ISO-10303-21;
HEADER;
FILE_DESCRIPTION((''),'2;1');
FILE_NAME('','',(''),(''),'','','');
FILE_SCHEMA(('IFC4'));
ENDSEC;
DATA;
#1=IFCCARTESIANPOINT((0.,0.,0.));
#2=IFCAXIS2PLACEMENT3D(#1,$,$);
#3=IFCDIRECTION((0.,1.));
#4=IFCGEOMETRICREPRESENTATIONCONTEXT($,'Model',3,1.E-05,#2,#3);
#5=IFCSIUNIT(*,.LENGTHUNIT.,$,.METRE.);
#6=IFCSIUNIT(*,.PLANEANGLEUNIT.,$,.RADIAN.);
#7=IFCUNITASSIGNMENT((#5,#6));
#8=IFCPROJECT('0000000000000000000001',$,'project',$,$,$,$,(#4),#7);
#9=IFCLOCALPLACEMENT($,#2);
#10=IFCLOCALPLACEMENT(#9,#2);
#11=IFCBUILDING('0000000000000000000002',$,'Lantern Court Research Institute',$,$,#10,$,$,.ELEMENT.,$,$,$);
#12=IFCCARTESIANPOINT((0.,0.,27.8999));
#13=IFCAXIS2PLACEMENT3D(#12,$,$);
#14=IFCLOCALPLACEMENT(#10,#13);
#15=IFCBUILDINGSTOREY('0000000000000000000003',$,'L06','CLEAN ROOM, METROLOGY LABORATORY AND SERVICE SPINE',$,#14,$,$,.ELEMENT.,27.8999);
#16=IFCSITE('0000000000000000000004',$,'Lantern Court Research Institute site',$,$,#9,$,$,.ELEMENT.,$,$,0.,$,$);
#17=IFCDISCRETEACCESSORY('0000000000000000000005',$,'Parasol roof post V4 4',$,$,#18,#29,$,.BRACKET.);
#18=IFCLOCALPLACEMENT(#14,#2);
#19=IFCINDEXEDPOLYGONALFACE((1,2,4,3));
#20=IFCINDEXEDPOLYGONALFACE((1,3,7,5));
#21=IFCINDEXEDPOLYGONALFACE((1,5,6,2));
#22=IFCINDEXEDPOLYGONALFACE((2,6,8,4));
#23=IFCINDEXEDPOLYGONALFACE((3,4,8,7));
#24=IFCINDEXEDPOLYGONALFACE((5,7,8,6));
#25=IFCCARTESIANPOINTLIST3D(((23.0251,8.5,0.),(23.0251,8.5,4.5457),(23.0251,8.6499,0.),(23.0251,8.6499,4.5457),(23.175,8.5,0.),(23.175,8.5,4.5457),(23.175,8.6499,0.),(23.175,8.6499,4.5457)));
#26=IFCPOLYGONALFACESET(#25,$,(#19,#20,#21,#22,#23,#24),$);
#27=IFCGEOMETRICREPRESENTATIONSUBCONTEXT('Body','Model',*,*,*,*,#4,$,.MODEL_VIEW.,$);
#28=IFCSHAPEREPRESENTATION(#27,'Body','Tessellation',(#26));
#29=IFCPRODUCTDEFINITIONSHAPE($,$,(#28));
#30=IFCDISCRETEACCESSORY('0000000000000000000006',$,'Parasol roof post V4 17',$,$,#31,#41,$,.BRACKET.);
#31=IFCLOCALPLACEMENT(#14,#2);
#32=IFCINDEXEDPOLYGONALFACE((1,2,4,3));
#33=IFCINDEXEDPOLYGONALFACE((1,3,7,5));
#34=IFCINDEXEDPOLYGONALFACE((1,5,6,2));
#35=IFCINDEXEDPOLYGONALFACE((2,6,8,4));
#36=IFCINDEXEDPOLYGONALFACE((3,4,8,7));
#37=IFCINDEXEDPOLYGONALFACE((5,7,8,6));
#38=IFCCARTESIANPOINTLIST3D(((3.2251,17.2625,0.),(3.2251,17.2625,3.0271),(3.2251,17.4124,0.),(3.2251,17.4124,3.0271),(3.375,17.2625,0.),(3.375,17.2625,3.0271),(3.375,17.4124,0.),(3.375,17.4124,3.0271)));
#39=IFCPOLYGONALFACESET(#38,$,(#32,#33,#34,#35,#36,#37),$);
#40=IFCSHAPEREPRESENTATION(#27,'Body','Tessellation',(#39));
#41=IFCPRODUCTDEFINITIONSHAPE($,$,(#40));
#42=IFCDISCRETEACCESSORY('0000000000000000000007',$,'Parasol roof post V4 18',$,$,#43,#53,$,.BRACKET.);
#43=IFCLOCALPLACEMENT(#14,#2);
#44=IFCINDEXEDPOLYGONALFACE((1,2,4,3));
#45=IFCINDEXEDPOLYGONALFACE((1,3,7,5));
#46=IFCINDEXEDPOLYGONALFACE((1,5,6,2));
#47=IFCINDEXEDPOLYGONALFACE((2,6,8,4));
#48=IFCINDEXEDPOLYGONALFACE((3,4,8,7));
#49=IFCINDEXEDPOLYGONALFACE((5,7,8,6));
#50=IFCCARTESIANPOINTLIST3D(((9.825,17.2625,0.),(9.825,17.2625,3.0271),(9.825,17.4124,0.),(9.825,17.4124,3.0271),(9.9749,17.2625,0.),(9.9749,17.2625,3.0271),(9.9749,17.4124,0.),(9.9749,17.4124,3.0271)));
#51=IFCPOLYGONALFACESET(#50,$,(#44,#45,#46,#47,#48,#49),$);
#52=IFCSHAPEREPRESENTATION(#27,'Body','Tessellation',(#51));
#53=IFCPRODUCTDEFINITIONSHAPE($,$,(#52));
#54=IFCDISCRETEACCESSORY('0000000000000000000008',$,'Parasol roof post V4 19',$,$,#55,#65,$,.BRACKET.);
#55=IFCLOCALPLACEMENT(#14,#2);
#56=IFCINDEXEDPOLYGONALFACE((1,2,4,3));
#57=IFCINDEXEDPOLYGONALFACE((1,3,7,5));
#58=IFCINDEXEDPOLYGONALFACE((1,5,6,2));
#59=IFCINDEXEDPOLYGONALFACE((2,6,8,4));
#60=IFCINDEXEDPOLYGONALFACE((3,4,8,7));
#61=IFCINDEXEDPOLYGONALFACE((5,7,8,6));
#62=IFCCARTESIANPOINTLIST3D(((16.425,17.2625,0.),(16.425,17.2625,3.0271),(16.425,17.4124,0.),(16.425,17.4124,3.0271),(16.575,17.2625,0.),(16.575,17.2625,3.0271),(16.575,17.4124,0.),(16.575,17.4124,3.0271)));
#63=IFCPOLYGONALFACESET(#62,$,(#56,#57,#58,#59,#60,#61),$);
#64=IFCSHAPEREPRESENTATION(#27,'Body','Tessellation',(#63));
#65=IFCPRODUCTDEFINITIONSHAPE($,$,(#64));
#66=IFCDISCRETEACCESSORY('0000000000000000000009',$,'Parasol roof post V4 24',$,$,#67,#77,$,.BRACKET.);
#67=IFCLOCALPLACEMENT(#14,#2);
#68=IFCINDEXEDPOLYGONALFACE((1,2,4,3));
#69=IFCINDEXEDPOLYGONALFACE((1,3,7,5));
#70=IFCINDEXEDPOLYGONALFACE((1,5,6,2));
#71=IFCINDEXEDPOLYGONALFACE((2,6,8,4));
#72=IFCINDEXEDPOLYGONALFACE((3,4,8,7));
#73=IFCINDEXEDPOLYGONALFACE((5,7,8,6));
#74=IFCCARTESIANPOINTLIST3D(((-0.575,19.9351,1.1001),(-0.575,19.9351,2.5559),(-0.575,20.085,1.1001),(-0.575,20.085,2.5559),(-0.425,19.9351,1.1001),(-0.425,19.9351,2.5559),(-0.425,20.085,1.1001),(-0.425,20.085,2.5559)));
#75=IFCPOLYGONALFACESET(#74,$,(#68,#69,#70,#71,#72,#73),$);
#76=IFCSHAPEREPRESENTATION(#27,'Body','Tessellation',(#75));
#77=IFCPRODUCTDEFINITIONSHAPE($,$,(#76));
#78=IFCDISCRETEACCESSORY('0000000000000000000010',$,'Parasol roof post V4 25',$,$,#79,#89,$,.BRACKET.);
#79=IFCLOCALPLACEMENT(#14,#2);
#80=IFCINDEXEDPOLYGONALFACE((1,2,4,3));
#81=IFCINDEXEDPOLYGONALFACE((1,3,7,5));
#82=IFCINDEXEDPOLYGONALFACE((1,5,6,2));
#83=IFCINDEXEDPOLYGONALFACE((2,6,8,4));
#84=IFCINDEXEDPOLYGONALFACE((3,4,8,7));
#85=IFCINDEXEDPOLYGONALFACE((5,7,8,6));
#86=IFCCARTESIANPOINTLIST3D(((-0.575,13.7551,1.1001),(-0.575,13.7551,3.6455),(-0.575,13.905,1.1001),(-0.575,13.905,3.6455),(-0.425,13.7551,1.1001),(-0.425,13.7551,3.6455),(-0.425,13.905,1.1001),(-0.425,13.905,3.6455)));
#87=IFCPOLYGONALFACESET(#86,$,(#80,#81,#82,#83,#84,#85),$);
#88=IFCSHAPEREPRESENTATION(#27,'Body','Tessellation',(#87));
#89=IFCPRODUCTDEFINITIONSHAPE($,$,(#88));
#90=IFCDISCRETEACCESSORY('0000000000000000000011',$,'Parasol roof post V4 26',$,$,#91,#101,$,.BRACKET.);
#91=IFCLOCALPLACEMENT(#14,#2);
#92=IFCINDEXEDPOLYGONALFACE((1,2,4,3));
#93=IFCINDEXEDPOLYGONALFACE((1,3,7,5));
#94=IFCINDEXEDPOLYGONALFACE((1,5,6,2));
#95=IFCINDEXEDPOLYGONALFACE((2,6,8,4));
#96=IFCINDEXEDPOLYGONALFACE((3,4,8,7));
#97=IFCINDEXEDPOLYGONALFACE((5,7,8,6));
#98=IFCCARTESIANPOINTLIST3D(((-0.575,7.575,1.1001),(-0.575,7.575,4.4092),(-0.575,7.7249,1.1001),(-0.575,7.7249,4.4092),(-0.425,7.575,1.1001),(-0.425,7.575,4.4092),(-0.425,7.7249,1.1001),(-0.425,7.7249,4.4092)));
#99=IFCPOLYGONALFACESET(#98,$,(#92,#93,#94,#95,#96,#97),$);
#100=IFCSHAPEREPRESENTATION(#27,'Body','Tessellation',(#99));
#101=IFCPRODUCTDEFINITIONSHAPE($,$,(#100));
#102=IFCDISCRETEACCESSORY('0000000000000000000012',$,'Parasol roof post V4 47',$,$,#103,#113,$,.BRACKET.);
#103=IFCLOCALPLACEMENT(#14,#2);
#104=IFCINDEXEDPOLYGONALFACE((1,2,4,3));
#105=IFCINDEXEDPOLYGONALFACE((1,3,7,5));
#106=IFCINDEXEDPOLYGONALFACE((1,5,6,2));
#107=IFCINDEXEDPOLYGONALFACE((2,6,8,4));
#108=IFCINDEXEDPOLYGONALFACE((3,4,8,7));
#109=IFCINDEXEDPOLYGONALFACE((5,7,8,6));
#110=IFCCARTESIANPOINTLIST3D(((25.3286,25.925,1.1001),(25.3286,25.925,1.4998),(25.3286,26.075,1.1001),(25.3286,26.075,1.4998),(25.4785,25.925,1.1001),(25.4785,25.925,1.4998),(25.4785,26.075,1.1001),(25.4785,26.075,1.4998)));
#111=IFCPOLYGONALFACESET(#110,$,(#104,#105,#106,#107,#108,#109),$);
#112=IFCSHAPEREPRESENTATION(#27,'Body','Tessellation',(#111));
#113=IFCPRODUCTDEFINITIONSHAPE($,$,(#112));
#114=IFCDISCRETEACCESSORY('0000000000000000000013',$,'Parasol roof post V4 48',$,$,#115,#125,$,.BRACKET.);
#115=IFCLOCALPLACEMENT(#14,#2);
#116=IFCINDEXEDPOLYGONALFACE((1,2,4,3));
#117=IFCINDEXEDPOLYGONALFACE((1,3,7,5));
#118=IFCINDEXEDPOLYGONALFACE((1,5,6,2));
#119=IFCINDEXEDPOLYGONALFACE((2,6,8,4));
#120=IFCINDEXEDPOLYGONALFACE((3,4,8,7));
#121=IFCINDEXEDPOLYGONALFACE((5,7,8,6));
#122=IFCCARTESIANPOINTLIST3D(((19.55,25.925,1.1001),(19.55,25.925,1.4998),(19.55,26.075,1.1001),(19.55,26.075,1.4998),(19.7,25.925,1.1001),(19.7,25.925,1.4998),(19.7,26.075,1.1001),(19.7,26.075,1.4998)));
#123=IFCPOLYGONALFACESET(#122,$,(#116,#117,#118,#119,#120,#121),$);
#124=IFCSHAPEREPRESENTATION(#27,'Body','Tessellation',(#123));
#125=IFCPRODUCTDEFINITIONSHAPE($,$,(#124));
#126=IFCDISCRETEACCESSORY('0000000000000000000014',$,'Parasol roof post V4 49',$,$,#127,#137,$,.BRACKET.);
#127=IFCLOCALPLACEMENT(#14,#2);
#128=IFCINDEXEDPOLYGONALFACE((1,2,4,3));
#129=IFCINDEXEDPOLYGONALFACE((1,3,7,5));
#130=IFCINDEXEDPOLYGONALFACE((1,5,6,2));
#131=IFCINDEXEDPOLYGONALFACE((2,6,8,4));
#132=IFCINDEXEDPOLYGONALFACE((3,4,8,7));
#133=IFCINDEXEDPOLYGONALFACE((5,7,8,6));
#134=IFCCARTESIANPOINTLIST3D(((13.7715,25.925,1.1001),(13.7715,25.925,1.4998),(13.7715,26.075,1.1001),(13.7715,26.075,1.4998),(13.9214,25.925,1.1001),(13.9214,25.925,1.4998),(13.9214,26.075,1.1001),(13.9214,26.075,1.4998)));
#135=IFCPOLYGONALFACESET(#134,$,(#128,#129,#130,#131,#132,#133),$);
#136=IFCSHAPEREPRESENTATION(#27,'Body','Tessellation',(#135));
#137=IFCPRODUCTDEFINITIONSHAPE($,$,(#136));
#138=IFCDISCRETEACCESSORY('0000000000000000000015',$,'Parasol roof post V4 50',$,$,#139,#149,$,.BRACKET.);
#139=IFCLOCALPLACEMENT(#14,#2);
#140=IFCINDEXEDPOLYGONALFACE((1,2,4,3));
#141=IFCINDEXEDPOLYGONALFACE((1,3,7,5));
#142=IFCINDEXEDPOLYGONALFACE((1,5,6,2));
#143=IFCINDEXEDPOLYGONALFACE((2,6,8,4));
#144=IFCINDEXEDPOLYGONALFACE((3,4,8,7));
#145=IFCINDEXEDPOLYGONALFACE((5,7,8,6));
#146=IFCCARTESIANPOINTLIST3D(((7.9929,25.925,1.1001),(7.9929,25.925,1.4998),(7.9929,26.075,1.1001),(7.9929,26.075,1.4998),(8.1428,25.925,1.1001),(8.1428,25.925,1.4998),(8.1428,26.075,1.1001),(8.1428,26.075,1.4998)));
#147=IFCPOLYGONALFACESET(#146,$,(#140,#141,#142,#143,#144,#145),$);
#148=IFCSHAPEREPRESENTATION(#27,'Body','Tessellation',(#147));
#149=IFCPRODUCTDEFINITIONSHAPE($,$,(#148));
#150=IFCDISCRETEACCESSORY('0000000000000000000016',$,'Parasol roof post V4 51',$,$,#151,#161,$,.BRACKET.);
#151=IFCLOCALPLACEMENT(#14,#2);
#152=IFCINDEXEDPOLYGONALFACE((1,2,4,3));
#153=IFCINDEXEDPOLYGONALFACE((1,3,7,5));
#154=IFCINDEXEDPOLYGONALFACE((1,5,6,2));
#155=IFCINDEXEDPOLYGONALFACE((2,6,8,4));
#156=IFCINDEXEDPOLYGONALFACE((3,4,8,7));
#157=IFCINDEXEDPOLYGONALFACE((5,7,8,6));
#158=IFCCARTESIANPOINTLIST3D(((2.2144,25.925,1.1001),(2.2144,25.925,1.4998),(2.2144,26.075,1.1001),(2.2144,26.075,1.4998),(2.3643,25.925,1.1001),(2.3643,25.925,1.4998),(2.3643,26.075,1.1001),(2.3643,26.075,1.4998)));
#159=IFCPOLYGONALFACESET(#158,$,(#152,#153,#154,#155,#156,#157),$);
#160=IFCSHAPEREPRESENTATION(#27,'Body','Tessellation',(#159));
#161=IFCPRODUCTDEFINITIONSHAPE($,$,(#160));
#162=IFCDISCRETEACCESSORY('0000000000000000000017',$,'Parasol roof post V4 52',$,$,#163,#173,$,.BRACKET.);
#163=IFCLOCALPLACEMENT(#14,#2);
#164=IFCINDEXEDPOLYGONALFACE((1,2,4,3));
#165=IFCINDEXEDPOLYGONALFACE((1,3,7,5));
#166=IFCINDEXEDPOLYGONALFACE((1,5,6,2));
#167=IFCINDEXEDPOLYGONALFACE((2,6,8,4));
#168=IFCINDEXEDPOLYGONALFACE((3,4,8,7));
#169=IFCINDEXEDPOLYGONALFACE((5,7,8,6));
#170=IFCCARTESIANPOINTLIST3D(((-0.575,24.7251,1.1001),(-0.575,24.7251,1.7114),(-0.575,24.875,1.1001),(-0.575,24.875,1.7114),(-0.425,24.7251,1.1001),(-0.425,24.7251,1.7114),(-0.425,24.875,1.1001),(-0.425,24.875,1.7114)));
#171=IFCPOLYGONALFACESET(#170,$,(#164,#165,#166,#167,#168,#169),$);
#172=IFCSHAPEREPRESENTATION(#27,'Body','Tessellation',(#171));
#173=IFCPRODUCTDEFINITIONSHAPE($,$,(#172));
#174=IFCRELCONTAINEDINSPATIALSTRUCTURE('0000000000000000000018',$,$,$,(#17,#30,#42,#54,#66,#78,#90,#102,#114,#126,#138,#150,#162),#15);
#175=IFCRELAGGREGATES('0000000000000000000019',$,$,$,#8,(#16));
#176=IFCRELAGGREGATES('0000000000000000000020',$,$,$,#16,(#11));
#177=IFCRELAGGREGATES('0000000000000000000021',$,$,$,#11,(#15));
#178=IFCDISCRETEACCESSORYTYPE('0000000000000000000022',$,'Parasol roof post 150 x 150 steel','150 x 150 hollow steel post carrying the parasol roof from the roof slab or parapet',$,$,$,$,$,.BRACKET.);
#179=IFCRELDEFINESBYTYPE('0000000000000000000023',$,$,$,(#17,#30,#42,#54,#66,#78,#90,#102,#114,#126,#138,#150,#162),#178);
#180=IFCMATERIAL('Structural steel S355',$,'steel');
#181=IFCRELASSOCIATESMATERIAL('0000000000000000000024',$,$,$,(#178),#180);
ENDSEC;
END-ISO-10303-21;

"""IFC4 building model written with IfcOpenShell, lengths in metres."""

from ifc_helpers import new_model, si_unit, direction, frame, origin, origin_2d, place, context, subcontext, project, spatial, rectangle, extrude, material, type_object, element, save


model = new_model("IFC4")

# Units and contexts
model_context = context("Model", 3, precision=1e-05, world=origin(), true_north=direction((0.0, 1.0)))
body_context = subcontext(model_context, "Body", "Model", "MODEL_VIEW")
ifc_project = project(units=[si_unit("LENGTHUNIT", "METRE"), si_unit("PLANEANGLEUNIT", "RADIAN")], contexts=[model_context])

# Site, building, storey
site_placement = place(None, origin())
site = spatial("IfcSite", under=ifc_project, at=site_placement, Name="Lantern Court Research Institute site", CompositionType="ELEMENT", RefElevation=0.0)
building_placement = place(site_placement, origin())
building = spatial("IfcBuilding", under=site, at=building_placement, Name="Lantern Court Research Institute", CompositionType="ELEMENT")
storey_placement = place(building_placement, frame((0.0, 0.0, 27.8999)))
storey = spatial("IfcBuildingStorey", under=building, at=storey_placement, Name="L06", Description="CLEAN ROOM, METROLOGY LABORATORY AND SERVICE SPINE", CompositionType="ELEMENT", Elevation=27.8999)

# Discrete accessories
ifc_material_1 = material(Name="Structural steel S355", Category="steel")
discrete_accessory_type = type_object("IfcDiscreteAccessoryType", Name="Parasol roof post 150 x 150 steel", Description="150 x 150 hollow steel post carrying the parasol roof from the roof slab or parapet", PredefinedType="BRACKET", material=ifc_material_1)
for number, where, z_axis, x_axis, name in (
    (1, (23.1001, 8.575, 0.0), (0.0, 0.0, 1.0), (1.0, 0.0, 0.0), "Parasol roof post V4 4"),
):
    element("IfcDiscreteAccessory", number, at=place(storey_placement, frame(where, z_axis=z_axis, x_axis=x_axis)), inside=storey, type_object=discrete_accessory_type, Name=name, PredefinedType="BRACKET", context=body_context, shape_type="SweptSolid", body=[
        extrude(rectangle(XDim=0.1499, YDim=0.1499, at=origin_2d()), origin(), (0.0, 0.0, 1.0), 4.5457),
    ])
for number, where, z_axis, x_axis, name in (
    (2, (3.3, 17.3374, 0.0), (0.0, 0.0, 1.0), (1.0, 0.0, 0.0), "Parasol roof post V4 17"),
    (3, (9.8999, 17.3374, 0.0), (0.0, 0.0, 1.0), (1.0, 0.0, 0.0), "Parasol roof post V4 18"),
    (4, (16.5, 17.3374, 0.0), (0.0, 0.0, 1.0), (1.0, 0.0, 0.0), "Parasol roof post V4 19"),
):
    element("IfcDiscreteAccessory", number, at=place(storey_placement, frame(where, z_axis=z_axis, x_axis=x_axis)), inside=storey, type_object=discrete_accessory_type, Name=name, PredefinedType="BRACKET", context=body_context, shape_type="SweptSolid", body=[
        extrude(rectangle(XDim=0.1499, YDim=0.1499, at=origin_2d()), origin(), (0.0, 0.0, 1.0), 3.0271),
    ])
discrete_accessory_1_placement = place(storey_placement, frame((-0.5, 20.01, 1.1001), z_axis=(0.0, 0.0, 1.0), x_axis=(1.0, 0.0, 0.0)))
element("IfcDiscreteAccessory", 5, at=discrete_accessory_1_placement, inside=storey, type_object=discrete_accessory_type, Name="Parasol roof post V4 24", PredefinedType="BRACKET", context=body_context, shape_type="SweptSolid", body=[
    extrude(rectangle(XDim=0.1499, YDim=0.1499, at=origin_2d()), origin(), (0.0, 0.0, 1.0), 1.4558),
])
discrete_accessory_2_placement = place(storey_placement, frame((-0.5, 13.8301, 1.1001), z_axis=(0.0, 0.0, 1.0), x_axis=(1.0, 0.0, 0.0)))
element("IfcDiscreteAccessory", 6, at=discrete_accessory_2_placement, inside=storey, type_object=discrete_accessory_type, Name="Parasol roof post V4 25", PredefinedType="BRACKET", context=body_context, shape_type="SweptSolid", body=[
    extrude(rectangle(XDim=0.1499, YDim=0.1499, at=origin_2d()), origin(), (0.0, 0.0, 1.0), 2.5454),
])
discrete_accessory_3_placement = place(storey_placement, frame((-0.5, 7.6499, 1.1001), z_axis=(0.0, 0.0, 1.0), x_axis=(1.0, 0.0, 0.0)))
element("IfcDiscreteAccessory", 7, at=discrete_accessory_3_placement, inside=storey, type_object=discrete_accessory_type, Name="Parasol roof post V4 26", PredefinedType="BRACKET", context=body_context, shape_type="SweptSolid", body=[
    extrude(rectangle(XDim=0.1499, YDim=0.1499, at=origin_2d()), origin(), (0.0, 0.0, 1.0), 3.3091),
])
for number, where, z_axis, x_axis, name in (
    (8, (25.4036, 26.0, 1.1001), (0.0, 0.0, 1.0), (1.0, 0.0, 0.0), "Parasol roof post V4 47"),
    (9, (19.625, 26.0, 1.1001), (0.0, 0.0, 1.0), (1.0, 0.0, 0.0), "Parasol roof post V4 48"),
    (10, (13.8464, 26.0, 1.1001), (0.0, 0.0, 1.0), (1.0, 0.0, 0.0), "Parasol roof post V4 49"),
    (11, (8.0679, 26.0, 1.1001), (0.0, 0.0, 1.0), (1.0, 0.0, 0.0), "Parasol roof post V4 50"),
    (12, (2.2893, 26.0, 1.1001), (0.0, 0.0, 1.0), (1.0, 0.0, 0.0), "Parasol roof post V4 51"),
):
    element("IfcDiscreteAccessory", number, at=place(storey_placement, frame(where, z_axis=z_axis, x_axis=x_axis)), inside=storey, type_object=discrete_accessory_type, Name=name, PredefinedType="BRACKET", context=body_context, shape_type="SweptSolid", body=[
        extrude(rectangle(XDim=0.1499, YDim=0.1499, at=origin_2d()), origin(), (0.0, 0.0, 1.0), 0.3997),
    ])
discrete_accessory_4_placement = place(storey_placement, frame((-0.5, 24.8, 1.1001), z_axis=(0.0, 0.0, 1.0), x_axis=(1.0, 0.0, 0.0)))
element("IfcDiscreteAccessory", 13, at=discrete_accessory_4_placement, inside=storey, type_object=discrete_accessory_type, Name="Parasol roof post V4 52", PredefinedType="BRACKET", context=body_context, shape_type="SweptSolid", body=[
    extrude(rectangle(XDim=0.1499, YDim=0.1499, at=origin_2d()), origin(), (0.0, 0.0, 1.0), 0.6113),
])

save(model, "model.ifc")
